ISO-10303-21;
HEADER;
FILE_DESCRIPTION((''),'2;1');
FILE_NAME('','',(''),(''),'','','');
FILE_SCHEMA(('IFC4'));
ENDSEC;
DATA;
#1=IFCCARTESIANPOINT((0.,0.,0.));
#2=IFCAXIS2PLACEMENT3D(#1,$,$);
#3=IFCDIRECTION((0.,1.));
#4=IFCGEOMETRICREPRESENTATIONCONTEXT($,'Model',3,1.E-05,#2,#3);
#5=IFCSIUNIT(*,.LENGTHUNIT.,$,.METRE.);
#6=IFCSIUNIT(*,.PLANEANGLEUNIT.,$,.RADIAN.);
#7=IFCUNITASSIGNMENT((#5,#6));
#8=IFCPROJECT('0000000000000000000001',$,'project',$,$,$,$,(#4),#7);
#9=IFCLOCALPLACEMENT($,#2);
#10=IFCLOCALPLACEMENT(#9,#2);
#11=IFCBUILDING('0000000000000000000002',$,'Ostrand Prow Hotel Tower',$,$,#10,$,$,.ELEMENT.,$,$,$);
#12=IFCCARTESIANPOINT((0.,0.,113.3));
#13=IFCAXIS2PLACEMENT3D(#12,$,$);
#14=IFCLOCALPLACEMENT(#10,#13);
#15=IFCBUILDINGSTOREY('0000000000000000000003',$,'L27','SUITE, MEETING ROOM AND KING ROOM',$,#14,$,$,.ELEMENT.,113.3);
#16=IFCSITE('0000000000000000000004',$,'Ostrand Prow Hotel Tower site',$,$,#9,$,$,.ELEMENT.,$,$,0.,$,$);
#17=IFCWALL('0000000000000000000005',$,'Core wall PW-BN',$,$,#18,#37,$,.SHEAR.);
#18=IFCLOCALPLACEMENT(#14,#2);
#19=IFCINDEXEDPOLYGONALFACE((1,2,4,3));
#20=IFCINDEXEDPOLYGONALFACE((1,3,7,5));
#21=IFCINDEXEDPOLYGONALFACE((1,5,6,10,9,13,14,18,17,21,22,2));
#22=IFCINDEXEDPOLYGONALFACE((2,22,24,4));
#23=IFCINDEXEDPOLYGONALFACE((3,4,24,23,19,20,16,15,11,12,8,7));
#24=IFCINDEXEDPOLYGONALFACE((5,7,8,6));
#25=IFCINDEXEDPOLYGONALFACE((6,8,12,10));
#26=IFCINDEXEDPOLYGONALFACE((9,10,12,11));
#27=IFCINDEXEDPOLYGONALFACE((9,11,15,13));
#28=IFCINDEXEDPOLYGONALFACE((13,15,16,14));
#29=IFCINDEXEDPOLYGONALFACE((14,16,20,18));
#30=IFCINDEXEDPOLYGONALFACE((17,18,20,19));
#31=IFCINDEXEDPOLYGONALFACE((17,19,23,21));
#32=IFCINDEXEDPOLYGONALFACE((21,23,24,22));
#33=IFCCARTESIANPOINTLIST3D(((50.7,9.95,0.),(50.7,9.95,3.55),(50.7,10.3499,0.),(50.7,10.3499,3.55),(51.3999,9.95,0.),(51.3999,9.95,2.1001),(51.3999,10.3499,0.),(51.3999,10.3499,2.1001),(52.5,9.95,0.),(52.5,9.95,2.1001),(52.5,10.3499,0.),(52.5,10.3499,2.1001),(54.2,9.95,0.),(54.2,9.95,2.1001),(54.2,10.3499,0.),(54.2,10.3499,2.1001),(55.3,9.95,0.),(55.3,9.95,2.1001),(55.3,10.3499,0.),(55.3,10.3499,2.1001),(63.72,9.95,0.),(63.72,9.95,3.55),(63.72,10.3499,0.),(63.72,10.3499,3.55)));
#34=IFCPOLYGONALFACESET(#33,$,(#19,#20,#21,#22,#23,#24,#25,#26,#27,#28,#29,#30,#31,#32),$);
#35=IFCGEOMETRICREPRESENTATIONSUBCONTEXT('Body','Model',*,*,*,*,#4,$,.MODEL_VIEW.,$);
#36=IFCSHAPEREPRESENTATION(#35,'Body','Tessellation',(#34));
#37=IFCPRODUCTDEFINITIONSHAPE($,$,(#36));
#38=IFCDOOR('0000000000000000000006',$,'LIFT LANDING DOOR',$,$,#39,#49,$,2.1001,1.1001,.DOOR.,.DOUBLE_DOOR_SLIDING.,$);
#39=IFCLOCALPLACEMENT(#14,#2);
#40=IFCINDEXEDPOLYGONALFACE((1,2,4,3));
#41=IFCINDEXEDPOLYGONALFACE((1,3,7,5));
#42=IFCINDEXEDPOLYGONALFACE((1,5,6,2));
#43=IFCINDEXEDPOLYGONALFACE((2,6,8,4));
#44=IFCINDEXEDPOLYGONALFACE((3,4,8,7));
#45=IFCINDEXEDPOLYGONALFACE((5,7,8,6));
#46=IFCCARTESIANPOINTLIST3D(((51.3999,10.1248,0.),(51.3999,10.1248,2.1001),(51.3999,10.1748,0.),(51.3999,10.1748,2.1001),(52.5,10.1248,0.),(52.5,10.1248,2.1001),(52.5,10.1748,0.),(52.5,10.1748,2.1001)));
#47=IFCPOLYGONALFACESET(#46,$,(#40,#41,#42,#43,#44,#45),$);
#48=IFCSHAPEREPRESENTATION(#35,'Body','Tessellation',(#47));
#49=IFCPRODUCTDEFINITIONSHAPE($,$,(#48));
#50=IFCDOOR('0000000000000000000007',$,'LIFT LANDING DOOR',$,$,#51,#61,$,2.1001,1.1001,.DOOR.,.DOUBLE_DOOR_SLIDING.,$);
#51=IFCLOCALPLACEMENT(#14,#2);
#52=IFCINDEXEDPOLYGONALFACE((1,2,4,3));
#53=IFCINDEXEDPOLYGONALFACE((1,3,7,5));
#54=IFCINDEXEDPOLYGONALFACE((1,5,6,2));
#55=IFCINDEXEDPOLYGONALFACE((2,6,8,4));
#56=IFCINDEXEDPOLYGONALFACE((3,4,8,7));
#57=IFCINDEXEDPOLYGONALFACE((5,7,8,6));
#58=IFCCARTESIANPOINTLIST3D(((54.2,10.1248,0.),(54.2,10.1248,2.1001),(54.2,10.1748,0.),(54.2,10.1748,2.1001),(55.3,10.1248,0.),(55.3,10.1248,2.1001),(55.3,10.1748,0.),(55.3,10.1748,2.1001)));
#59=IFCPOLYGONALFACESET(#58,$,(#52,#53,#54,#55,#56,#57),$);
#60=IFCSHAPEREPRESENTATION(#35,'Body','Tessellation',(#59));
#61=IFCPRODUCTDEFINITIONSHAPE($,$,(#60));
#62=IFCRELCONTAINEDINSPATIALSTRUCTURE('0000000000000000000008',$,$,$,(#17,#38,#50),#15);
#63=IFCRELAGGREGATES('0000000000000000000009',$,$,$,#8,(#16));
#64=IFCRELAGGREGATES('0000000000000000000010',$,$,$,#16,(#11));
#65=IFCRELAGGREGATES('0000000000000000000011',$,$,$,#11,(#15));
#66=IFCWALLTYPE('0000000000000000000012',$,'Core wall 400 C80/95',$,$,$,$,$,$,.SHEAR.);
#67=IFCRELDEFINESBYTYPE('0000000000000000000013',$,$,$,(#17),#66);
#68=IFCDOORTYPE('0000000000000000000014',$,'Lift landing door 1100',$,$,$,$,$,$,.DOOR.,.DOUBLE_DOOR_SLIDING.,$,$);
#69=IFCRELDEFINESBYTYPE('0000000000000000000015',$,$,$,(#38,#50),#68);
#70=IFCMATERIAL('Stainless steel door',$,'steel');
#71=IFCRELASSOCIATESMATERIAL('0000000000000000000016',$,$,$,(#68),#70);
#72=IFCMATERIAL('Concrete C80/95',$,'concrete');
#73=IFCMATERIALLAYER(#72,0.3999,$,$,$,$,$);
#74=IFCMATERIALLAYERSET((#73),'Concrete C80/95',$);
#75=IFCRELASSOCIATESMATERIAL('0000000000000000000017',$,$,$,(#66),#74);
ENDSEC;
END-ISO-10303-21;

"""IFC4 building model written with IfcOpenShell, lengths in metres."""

from ifc_helpers import new_model, si_unit, direction, frame, frame_2d, origin, place, context, subcontext, project, spatial, rectangle, extrude, material, layer, layer_set, type_object, element, fill, save


model = new_model("IFC4")

# Units and contexts
model_context = context("Model", 3, precision=1e-05, world=origin(), true_north=direction((0.0, 1.0)))
body_context = subcontext(model_context, "Body", "Model", "MODEL_VIEW")
ifc_project = project(units=[si_unit("LENGTHUNIT", "METRE"), si_unit("PLANEANGLEUNIT", "RADIAN")], contexts=[model_context])

# Site, building, storey
site_placement = place(None, origin())
site = spatial("IfcSite", under=ifc_project, at=site_placement, Name="Ostrand Prow Hotel Tower site", CompositionType="ELEMENT", RefElevation=0.0)
building_placement = place(site_placement, origin())
building = spatial("IfcBuilding", under=site, at=building_placement, Name="Ostrand Prow Hotel Tower", CompositionType="ELEMENT")
storey_placement = place(building_placement, frame((0.0, 0.0, 113.3)))
storey = spatial("IfcBuildingStorey", under=building, at=storey_placement, Name="L27", Description="SUITE, MEETING ROOM AND KING ROOM", CompositionType="ELEMENT", Elevation=113.3)

# Shared definitions
ifc_material_1 = material(Name="Stainless steel door", Category="steel")
door_type_1 = type_object("IfcDoorType", Name="Lift landing door 1100", OperationType="DOUBLE_DOOR_SLIDING", PredefinedType="DOOR", material=ifc_material_1)

# Wall, openings, doors
ifc_material_2 = material(Name="Concrete C80/95", Category="concrete")
ifc_layer_1 = layer(ifc_material_2, 0.3999)
ifc_layer_set_1 = layer_set([ifc_layer_1], Name="Concrete C80/95")
wall_type_1 = type_object("IfcWallType", Name="Core wall 400 C80/95", PredefinedType="SHEAR", material=ifc_layer_set_1)
wall_1_placement = place(storey_placement, frame((50.7, 10.1499, 0.0), z_axis=(0.0, 0.0, 1.0), x_axis=(1.0, 0.0, 0.0)))
wall_1 = element("IfcWall", 1, at=wall_1_placement, inside=storey, type_object=wall_type_1, Name="Core wall PW-BN", PredefinedType="SHEAR", context=body_context, shape_type="SweptSolid", body=[
    extrude(rectangle(XDim=13.02, YDim=0.3999, at=frame_2d((6.51, 0.0))), origin(), (0.0, 0.0, 1.0), 3.55),
])
opening_1_placement = place(wall_1_placement, frame((0.7, 0.0, 0.0)))
opening_1 = element("IfcOpeningElement", 2, at=opening_1_placement, cuts=wall_1, PredefinedType="OPENING", context=body_context, shape_type="SweptSolid", body=[
    extrude(rectangle(XDim=1.1001, YDim=2.1001, at=frame_2d((0.55, 1.05))), frame((0.0, 0.21, 0.0), z_axis=(0.0, -1.0, 0.0), x_axis=(1.0, 0.0, 0.0)), (0.0, 0.0, 1.0), 0.4199),
])
opening_2_placement = place(wall_1_placement, frame((3.5, 0.0, 0.0)))
opening_2 = element("IfcOpeningElement", 3, at=opening_2_placement, cuts=wall_1, PredefinedType="OPENING", context=body_context, shape_type="SweptSolid", body=[
    extrude(rectangle(XDim=1.1001, YDim=2.1001, at=frame_2d((0.55, 1.05))), frame((0.0, 0.21, 0.0), z_axis=(0.0, -1.0, 0.0), x_axis=(1.0, 0.0, 0.0)), (0.0, 0.0, 1.0), 0.4199),
])
door_1_placement = place(opening_1_placement, origin())
door_1 = element("IfcDoor", 4, at=door_1_placement, inside=storey, type_object=door_type_1, Name="LIFT LANDING DOOR", OperationType="DOUBLE_DOOR_SLIDING", OverallHeight=2.1001, OverallWidth=1.1001, PredefinedType="DOOR", context=body_context, shape_type="SweptSolid", body=[
    extrude(rectangle(XDim=1.1001, YDim=2.1001, at=frame_2d((0.55, 1.05))), frame((0.0, 0.0249, 0.0), z_axis=(0.0, -1.0, 0.0), x_axis=(1.0, 0.0, 0.0)), (0.0, 0.0, 1.0), 0.05),
])
fill(opening_1, door_1)
door_2_placement = place(opening_2_placement, origin())
door_2 = element("IfcDoor", 5, at=door_2_placement, inside=storey, type_object=door_type_1, Name="LIFT LANDING DOOR", OperationType="DOUBLE_DOOR_SLIDING", OverallHeight=2.1001, OverallWidth=1.1001, PredefinedType="DOOR", context=body_context, shape_type="SweptSolid", body=[
    extrude(rectangle(XDim=1.1001, YDim=2.1001, at=frame_2d((0.55, 1.05))), frame((0.0, 0.0249, 0.0), z_axis=(0.0, -1.0, 0.0), x_axis=(1.0, 0.0, 0.0)), (0.0, 0.0, 1.0), 0.05),
])
fill(opening_2, door_2)

save(model, "model.ifc")
